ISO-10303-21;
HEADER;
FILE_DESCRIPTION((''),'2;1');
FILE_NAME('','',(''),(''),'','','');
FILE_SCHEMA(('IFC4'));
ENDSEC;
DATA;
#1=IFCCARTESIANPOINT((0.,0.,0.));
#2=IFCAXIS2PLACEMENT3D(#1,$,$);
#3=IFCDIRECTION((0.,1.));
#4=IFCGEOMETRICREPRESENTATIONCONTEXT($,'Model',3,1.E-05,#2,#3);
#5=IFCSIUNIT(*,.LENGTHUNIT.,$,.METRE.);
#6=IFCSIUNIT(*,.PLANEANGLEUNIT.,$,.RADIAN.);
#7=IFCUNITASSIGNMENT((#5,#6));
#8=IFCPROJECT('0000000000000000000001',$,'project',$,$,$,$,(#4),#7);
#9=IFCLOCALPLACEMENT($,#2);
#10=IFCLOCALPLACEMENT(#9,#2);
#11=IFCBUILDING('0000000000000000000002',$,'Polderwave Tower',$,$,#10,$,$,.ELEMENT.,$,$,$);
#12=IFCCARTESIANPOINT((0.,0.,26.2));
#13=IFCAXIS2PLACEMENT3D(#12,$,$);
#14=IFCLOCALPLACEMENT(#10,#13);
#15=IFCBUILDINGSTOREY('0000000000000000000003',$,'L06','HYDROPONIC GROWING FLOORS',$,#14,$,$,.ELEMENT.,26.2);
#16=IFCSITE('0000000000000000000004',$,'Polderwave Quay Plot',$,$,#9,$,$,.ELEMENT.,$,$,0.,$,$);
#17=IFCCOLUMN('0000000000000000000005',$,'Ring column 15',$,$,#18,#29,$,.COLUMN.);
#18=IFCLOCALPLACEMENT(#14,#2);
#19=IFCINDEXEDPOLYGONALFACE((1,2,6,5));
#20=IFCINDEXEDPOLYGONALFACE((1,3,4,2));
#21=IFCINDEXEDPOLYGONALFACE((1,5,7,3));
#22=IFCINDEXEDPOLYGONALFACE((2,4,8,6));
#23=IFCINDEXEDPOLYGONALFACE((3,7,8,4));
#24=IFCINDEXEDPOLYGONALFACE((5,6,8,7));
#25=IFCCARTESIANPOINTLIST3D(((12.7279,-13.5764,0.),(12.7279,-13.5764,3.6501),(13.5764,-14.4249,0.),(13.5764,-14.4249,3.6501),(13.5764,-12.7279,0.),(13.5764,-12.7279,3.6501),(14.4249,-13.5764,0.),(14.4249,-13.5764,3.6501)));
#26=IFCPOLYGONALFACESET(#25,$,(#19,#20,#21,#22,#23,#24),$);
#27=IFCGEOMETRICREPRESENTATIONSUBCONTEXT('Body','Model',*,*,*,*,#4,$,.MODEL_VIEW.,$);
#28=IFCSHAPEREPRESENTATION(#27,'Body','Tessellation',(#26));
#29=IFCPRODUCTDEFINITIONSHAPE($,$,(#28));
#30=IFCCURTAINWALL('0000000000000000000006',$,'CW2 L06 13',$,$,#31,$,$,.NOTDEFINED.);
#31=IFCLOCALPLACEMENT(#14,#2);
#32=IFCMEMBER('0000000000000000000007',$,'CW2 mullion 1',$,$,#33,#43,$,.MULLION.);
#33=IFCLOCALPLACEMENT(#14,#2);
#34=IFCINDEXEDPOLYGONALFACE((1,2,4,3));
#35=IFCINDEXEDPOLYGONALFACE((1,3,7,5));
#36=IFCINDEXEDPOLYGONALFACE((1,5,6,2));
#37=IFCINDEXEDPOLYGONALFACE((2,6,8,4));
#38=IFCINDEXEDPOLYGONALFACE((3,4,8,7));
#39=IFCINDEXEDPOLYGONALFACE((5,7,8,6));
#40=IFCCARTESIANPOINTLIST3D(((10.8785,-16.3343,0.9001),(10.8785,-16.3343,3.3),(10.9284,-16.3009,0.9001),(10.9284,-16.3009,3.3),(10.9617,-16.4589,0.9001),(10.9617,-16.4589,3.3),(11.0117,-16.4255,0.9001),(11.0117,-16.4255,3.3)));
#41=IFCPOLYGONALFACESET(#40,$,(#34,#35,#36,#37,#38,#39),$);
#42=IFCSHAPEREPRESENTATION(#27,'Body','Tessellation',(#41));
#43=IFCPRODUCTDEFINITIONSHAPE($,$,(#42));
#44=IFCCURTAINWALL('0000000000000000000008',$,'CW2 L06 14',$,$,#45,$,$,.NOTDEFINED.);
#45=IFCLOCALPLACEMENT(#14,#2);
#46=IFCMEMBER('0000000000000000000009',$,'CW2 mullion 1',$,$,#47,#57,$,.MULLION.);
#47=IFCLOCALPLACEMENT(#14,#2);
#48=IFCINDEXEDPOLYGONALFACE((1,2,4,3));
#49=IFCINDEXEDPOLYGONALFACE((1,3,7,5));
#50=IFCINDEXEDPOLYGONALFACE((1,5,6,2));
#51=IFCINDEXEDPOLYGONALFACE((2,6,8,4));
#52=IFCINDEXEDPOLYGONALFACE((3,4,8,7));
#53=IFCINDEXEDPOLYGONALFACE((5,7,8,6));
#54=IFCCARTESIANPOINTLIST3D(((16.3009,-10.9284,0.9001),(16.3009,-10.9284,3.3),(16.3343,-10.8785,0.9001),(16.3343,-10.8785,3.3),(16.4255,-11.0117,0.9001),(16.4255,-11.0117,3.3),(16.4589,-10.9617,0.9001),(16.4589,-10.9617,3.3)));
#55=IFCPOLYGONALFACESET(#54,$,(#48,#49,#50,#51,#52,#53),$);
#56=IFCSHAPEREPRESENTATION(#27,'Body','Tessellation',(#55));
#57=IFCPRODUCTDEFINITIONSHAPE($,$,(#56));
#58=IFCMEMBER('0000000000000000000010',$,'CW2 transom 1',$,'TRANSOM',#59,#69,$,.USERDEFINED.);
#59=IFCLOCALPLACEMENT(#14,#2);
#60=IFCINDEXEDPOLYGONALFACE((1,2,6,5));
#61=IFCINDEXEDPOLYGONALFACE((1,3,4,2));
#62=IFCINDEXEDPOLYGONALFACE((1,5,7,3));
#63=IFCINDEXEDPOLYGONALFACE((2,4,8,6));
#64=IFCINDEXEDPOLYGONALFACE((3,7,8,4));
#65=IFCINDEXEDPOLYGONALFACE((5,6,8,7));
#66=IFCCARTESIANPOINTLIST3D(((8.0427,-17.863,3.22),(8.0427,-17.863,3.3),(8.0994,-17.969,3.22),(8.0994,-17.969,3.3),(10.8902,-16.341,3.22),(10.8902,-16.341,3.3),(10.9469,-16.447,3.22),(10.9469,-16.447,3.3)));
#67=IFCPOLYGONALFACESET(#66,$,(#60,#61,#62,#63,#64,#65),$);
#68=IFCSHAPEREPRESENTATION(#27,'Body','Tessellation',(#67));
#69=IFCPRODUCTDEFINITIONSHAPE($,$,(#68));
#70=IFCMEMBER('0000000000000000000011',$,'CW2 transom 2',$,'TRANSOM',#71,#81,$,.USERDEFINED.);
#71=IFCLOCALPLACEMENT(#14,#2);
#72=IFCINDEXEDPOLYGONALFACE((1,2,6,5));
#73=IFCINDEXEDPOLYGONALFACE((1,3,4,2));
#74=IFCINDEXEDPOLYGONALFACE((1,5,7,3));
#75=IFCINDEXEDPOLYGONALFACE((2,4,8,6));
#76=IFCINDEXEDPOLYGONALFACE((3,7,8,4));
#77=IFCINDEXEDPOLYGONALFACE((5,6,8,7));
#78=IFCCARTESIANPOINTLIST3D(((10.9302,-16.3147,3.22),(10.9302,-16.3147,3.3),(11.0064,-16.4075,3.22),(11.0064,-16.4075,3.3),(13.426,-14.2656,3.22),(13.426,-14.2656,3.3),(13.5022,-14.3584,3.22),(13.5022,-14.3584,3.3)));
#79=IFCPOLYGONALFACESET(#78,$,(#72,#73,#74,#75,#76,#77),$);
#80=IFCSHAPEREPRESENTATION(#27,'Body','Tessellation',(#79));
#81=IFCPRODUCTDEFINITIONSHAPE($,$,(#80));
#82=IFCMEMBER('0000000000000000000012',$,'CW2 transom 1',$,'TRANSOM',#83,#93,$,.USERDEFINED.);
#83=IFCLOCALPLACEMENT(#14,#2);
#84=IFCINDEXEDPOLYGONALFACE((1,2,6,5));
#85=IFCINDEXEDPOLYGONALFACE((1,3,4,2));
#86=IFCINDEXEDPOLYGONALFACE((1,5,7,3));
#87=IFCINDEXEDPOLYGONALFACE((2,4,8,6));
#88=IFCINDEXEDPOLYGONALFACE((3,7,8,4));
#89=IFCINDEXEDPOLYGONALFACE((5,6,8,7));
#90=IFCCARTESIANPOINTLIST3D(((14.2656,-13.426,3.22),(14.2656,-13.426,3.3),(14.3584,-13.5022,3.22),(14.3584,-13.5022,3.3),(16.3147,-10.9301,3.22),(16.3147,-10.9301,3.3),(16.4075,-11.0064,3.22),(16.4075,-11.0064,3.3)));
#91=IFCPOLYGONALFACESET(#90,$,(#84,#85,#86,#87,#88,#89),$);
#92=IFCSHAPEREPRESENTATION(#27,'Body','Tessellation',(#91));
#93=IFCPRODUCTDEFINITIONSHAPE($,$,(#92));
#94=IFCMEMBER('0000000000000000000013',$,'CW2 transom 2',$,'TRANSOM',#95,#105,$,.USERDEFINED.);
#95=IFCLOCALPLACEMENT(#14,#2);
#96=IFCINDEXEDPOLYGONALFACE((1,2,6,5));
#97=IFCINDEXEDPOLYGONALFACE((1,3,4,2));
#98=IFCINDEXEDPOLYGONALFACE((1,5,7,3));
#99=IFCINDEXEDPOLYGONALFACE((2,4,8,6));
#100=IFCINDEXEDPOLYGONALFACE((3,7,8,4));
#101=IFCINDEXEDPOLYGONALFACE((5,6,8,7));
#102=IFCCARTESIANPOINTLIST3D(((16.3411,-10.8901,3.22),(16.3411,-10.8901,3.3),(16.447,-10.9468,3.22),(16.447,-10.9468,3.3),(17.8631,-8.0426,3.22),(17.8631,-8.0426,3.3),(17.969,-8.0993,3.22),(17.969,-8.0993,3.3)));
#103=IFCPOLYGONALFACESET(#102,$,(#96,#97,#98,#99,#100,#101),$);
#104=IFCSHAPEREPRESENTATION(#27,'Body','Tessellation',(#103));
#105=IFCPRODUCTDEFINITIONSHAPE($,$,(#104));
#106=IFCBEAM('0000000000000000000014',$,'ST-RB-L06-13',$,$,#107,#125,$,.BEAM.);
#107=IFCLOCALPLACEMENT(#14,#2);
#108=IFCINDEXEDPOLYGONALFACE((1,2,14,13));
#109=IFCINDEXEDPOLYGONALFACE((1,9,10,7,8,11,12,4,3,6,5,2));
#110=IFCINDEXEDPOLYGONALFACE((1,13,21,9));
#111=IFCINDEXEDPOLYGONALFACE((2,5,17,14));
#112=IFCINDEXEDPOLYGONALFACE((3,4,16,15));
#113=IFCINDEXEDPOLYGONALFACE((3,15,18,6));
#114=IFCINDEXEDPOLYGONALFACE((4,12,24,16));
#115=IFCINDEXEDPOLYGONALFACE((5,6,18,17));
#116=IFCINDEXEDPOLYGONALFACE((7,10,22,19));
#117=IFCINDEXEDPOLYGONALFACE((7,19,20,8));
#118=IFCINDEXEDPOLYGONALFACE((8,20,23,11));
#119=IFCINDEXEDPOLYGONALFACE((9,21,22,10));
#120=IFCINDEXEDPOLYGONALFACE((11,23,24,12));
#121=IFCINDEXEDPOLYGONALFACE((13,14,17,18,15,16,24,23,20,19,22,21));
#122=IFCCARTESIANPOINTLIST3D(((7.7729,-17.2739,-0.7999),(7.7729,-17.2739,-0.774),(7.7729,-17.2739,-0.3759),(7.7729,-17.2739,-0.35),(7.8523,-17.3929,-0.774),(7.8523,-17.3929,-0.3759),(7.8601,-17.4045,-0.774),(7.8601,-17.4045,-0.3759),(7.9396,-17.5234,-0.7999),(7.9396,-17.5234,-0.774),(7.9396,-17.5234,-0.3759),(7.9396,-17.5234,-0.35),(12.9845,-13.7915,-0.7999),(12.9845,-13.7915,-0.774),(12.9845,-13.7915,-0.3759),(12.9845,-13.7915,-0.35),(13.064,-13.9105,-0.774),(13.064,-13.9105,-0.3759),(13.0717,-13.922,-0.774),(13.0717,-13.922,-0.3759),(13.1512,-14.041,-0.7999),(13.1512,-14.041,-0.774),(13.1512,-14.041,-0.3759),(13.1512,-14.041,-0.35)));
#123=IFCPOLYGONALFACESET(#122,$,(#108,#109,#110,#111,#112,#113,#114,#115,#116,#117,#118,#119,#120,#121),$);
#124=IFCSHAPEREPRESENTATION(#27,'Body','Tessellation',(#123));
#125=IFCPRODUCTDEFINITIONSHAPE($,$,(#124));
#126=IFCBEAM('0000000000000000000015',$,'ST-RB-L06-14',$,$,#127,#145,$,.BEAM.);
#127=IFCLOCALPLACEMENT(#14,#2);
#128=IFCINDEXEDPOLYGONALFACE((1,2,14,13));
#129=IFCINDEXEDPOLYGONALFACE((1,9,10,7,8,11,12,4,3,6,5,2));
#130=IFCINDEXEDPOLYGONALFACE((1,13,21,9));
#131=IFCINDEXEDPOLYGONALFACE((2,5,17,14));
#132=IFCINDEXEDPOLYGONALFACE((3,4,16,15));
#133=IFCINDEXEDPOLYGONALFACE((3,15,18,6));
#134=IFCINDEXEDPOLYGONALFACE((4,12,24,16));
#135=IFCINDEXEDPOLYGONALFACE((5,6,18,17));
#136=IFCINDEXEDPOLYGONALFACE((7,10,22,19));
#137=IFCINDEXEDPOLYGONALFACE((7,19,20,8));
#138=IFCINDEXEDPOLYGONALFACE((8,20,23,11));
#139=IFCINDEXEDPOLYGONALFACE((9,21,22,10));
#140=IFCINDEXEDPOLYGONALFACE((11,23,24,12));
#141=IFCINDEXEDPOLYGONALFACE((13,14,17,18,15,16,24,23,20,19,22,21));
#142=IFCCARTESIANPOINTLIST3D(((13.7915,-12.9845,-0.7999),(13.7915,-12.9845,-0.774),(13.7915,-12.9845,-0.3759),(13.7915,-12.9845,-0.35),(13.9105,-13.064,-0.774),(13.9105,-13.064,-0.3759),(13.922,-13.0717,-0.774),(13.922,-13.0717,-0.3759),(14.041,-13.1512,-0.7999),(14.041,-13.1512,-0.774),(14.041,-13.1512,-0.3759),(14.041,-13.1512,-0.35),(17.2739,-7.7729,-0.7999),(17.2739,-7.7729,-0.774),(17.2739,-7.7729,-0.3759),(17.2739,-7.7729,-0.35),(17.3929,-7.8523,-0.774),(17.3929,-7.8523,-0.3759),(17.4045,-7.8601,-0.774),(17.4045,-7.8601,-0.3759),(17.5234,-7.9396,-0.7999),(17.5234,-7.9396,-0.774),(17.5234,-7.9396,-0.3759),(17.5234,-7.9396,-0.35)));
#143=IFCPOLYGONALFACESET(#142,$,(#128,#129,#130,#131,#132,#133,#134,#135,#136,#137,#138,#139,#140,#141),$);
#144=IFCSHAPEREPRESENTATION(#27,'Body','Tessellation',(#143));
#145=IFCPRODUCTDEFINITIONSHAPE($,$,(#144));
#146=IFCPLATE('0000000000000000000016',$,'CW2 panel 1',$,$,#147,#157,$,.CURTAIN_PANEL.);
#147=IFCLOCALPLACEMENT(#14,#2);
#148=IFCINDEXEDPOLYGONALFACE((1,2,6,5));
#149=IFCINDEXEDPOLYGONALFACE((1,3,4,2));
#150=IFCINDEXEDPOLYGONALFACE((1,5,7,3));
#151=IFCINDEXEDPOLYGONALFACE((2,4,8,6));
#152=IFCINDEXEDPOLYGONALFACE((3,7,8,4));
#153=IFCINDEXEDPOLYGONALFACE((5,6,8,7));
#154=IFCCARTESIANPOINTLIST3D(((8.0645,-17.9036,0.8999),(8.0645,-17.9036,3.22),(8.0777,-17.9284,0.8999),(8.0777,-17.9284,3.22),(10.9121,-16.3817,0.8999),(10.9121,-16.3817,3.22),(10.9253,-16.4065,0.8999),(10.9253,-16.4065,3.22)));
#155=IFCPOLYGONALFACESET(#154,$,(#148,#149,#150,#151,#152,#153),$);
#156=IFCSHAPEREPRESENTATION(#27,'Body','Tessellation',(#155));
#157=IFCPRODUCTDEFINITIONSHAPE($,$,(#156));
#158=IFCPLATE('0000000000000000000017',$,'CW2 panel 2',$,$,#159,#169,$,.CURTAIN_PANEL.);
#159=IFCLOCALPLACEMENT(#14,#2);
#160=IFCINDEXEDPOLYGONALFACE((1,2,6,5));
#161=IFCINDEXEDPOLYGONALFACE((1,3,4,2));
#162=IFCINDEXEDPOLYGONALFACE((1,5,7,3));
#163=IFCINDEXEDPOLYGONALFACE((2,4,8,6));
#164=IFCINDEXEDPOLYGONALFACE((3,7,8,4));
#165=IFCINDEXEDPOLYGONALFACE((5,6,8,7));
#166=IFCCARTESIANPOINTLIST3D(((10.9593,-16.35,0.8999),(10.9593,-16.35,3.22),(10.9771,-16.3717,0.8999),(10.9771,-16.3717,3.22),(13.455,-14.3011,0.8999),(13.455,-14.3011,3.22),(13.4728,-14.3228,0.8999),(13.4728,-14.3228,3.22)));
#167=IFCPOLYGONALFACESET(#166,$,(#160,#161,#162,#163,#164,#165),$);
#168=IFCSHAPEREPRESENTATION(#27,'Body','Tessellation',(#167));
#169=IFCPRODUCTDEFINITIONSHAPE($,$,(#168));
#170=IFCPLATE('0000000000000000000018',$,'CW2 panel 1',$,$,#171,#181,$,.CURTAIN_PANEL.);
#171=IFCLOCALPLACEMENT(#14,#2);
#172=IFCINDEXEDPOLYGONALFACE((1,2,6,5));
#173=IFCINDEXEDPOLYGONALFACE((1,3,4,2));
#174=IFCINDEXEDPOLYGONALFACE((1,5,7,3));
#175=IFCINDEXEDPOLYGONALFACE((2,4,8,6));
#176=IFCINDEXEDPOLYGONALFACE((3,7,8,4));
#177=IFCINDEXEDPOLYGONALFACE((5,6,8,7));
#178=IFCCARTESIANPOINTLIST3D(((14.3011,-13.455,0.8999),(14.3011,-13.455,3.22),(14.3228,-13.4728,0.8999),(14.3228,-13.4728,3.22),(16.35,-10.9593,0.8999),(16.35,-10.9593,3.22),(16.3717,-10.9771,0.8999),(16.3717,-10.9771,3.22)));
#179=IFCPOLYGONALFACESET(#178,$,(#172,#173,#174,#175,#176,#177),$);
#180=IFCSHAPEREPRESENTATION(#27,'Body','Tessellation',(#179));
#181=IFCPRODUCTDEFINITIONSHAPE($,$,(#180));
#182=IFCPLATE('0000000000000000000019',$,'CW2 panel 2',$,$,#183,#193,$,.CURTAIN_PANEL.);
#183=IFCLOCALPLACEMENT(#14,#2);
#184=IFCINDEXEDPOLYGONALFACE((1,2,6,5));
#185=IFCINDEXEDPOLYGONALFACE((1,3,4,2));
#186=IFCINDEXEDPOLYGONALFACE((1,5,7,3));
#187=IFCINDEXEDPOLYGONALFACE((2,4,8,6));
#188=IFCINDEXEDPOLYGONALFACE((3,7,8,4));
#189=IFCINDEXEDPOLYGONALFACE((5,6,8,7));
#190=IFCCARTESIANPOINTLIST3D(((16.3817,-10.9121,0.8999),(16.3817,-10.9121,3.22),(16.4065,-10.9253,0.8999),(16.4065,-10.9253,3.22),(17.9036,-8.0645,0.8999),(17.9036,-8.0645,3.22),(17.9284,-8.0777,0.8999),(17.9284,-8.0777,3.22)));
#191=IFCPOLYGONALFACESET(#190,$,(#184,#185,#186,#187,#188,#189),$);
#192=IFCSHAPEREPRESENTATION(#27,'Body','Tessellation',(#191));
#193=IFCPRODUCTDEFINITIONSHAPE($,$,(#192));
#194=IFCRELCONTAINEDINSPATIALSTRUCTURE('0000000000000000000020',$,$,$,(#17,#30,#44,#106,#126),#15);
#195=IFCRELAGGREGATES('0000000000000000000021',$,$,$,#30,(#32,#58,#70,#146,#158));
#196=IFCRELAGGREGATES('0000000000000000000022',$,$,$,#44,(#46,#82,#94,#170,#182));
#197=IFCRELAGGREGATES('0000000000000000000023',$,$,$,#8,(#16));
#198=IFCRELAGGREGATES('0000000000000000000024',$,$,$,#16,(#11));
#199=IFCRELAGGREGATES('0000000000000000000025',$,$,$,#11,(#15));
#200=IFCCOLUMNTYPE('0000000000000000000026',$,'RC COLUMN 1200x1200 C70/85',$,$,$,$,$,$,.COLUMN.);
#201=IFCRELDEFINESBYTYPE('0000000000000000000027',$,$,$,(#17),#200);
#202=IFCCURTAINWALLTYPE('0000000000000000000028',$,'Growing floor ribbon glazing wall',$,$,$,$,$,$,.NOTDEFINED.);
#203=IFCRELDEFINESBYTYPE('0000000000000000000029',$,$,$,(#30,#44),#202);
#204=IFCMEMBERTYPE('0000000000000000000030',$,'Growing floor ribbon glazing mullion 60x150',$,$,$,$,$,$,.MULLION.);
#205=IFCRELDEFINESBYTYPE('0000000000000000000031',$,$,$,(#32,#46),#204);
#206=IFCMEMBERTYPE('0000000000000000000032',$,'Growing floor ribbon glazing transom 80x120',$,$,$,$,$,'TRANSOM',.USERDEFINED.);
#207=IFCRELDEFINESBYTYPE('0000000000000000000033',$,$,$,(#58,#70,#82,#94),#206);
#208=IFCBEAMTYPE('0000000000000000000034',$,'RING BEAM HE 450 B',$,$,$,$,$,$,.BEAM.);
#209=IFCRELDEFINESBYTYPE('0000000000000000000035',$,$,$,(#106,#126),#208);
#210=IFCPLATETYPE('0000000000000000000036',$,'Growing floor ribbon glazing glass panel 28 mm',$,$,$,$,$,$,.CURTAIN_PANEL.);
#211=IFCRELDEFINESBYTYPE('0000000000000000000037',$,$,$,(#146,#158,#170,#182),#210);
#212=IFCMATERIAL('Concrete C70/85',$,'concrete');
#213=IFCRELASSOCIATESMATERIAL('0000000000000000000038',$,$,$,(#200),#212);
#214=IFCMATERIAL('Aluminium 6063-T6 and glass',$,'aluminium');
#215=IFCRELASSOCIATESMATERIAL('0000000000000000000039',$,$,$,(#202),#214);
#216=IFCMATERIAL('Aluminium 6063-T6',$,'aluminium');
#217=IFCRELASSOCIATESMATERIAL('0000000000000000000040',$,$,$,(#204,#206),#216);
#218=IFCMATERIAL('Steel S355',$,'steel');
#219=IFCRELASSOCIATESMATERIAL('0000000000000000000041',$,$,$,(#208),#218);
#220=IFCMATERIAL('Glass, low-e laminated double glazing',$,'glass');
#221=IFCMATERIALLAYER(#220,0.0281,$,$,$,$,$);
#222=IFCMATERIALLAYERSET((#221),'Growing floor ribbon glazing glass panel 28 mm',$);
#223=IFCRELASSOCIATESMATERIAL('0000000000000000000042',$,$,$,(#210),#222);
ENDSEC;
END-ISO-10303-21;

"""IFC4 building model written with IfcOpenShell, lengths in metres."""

from ifc_helpers import new_model, si_unit, direction, frame, origin, origin_2d, place, context, subcontext, project, spatial, rectangle, i_section, extrude, material, layer, layer_set, material_profile, profile_set, type_object, element, aggregate, save


model = new_model("IFC4")

# Units and contexts
model_context = context("Model", 3, precision=1e-05, world=origin(), true_north=direction((0.0, 1.0)))
body_context = subcontext(model_context, "Body", "Model", "MODEL_VIEW")
ifc_project = project(units=[si_unit("LENGTHUNIT", "METRE"), si_unit("PLANEANGLEUNIT", "RADIAN")], contexts=[model_context])

# Site, building, storey
site_placement = place(None, origin())
site = spatial("IfcSite", under=ifc_project, at=site_placement, Name="Polderwave Quay Plot", CompositionType="ELEMENT", RefElevation=0.0)
building_placement = place(site_placement, origin())
building = spatial("IfcBuilding", under=site, at=building_placement, Name="Polderwave Tower", CompositionType="ELEMENT")
storey_placement = place(building_placement, frame((0.0, 0.0, 26.2)))
storey = spatial("IfcBuildingStorey", under=building, at=storey_placement, Name="L06", Description="HYDROPONIC GROWING FLOORS", CompositionType="ELEMENT", Elevation=26.2)

# Column
ifc_material_1 = material(Name="Concrete C70/85", Category="concrete")
ifc_material_profile_1 = material_profile(ifc_material_1, rectangle(XDim=1.2, YDim=1.2, at=origin_2d()), Name="RC 1200x1200")
ifc_profile_set_1 = profile_set([ifc_material_profile_1], Name="Concrete C70/85")
column_type = type_object("IfcColumnType", Name="RC COLUMN 1200x1200 C70/85", PredefinedType="COLUMN", material=ifc_profile_set_1)
column_placement = place(storey_placement, frame((13.5764, -13.5764, 0.0), z_axis=(0.0, 0.0, 1.0), x_axis=(0.707107, -0.707107, 0.0)))
element("IfcColumn", 1, at=column_placement, inside=storey, type_object=column_type, Name="Ring column 15", PredefinedType="COLUMN", context=body_context, shape_type="SweptSolid", body=[
    extrude(rectangle(XDim=1.2, YDim=1.2, at=origin_2d()), origin(), (0.0, 0.0, 1.0), 3.6501),
])

# Curtain walls, members
ifc_material_2 = material(Name="Aluminium 6063-T6 and glass", Category="aluminium")
curtain_wall_type = type_object("IfcCurtainWallType", Name="Growing floor ribbon glazing wall", PredefinedType="NOTDEFINED", material=ifc_material_2)
curtain_wall_1_placement = place(storey_placement, origin())
curtain_wall_1 = element("IfcCurtainWall", 2, at=curtain_wall_1_placement, inside=storey, type_object=curtain_wall_type, Name="CW2 L06 13", PredefinedType="NOTDEFINED")
ifc_material_3 = material(Name="Aluminium 6063-T6", Category="aluminium")
ifc_material_profile_2 = material_profile(ifc_material_3, rectangle(XDim=0.1499, YDim=0.0601, at=origin_2d()), Name="AL 60x150")
ifc_profile_set_2 = profile_set([ifc_material_profile_2], Name="Aluminium 6063-T6")
member_type_1 = type_object("IfcMemberType", Name="Growing floor ribbon glazing mullion 60x150", PredefinedType="MULLION", material=ifc_profile_set_2)
member_1_placement = place(storey_placement, frame((10.9451, -16.3799, 0.9001), z_axis=(0.0, 0.0, 1.0), x_axis=(-0.55562, 0.831437, 0.0)))
member_1 = element("IfcMember", 3, at=member_1_placement, type_object=member_type_1, Name="CW2 mullion 1", PredefinedType="MULLION", context=body_context, shape_type="SweptSolid", body=[
    extrude(rectangle(XDim=0.1499, YDim=0.0601, at=origin_2d()), origin(), (0.0, 0.0, 1.0), 2.3999),
])
curtain_wall_2_placement = place(storey_placement, origin())
curtain_wall_2 = element("IfcCurtainWall", 4, at=curtain_wall_2_placement, inside=storey, type_object=curtain_wall_type, Name="CW2 L06 14", PredefinedType="NOTDEFINED")
member_2_placement = place(storey_placement, frame((16.3799, -10.9451, 0.9001), z_axis=(0.0, 0.0, 1.0), x_axis=(-0.831437, 0.55562, 0.0)))
member_2 = element("IfcMember", 5, at=member_2_placement, type_object=member_type_1, Name="CW2 mullion 1", PredefinedType="MULLION", context=body_context, shape_type="SweptSolid", body=[
    extrude(rectangle(XDim=0.1499, YDim=0.0601, at=origin_2d()), origin(), (0.0, 0.0, 1.0), 2.3999),
])

# Members
ifc_material_profile_3 = material_profile(ifc_material_3, rectangle(XDim=0.1201, YDim=0.0801, at=origin_2d()), Name="AL 80x120")
ifc_profile_set_3 = profile_set([ifc_material_profile_3], Name="Aluminium 6063-T6")
member_type_2 = type_object("IfcMemberType", Name="Growing floor ribbon glazing transom 80x120", ElementType="TRANSOM", PredefinedType="USERDEFINED", material=ifc_profile_set_3)
member_3_placement = place(storey_placement, frame((8.071, -17.916, 3.26), z_axis=(0.881921, 0.471397, 0.0), x_axis=(-0.471397, 0.881921, 0.0)))
member_3 = element("IfcMember", 6, at=member_3_placement, type_object=member_type_2, Name="CW2 transom 1", ObjectType="TRANSOM", PredefinedType="USERDEFINED", context=body_context, shape_type="SweptSolid", body=[
    extrude(rectangle(XDim=0.1201, YDim=0.0801, at=origin_2d()), origin(), (0.0, 0.0, 1.0), 3.2288),
])
member_4_placement = place(storey_placement, frame((10.9683, -16.3611, 3.26), z_axis=(0.772892, 0.634538, 0.0), x_axis=(-0.634538, 0.772892, 0.0)))
member_4 = element("IfcMember", 7, at=member_4_placement, type_object=member_type_2, Name="CW2 transom 2", ObjectType="TRANSOM", PredefinedType="USERDEFINED", context=body_context, shape_type="SweptSolid", body=[
    extrude(rectangle(XDim=0.1201, YDim=0.0801, at=origin_2d()), origin(), (0.0, 0.0, 1.0), 3.2292),
])
member_5_placement = place(storey_placement, frame((14.312, -13.4641, 3.26), z_axis=(0.634538, 0.772892, 0.0), x_axis=(-0.772892, 0.634538, 0.0)))
member_5 = element("IfcMember", 8, at=member_5_placement, type_object=member_type_2, Name="CW2 transom 1", ObjectType="TRANSOM", PredefinedType="USERDEFINED", context=body_context, shape_type="SweptSolid", body=[
    extrude(rectangle(XDim=0.1201, YDim=0.0801, at=origin_2d()), origin(), (0.0, 0.0, 1.0), 3.2292),
])
member_6_placement = place(storey_placement, frame((16.394, -10.9185, 3.26), z_axis=(0.471397, 0.881921, 0.0), x_axis=(-0.881921, 0.471397, 0.0)))
member_6 = element("IfcMember", 9, at=member_6_placement, type_object=member_type_2, Name="CW2 transom 2", ObjectType="TRANSOM", PredefinedType="USERDEFINED", context=body_context, shape_type="SweptSolid", body=[
    extrude(rectangle(XDim=0.1201, YDim=0.0801, at=origin_2d()), origin(), (0.0, 0.0, 1.0), 3.2288),
])

# Beams
ifc_material_4 = material(Name="Steel S355", Category="steel")
ifc_material_profile_4 = material_profile(ifc_material_4, i_section(OverallWidth=0.3, OverallDepth=0.45, WebThickness=0.0139, FlangeThickness=0.0259, at=origin_2d()), Name="HE 450 B")
ifc_profile_set_4 = profile_set([ifc_material_profile_4], Name="Steel S355")
beam_type = type_object("IfcBeamType", Name="RING BEAM HE 450 B", PredefinedType="BEAM", material=ifc_profile_set_4)
for number, where, z_axis, x_axis, name in (
    (10, (7.8562, -17.3987, -0.575), (0.831463, 0.555581, 0.0), (-0.555581, 0.831463, 0.0), "ST-RB-L06-13"),
    (11, (13.9163, -13.0679, -0.575), (0.555581, 0.831463, 0.0), (-0.831463, 0.555581, 0.0), "ST-RB-L06-14"),
):
    element("IfcBeam", number, at=place(storey_placement, frame(where, z_axis=z_axis, x_axis=x_axis)), inside=storey, type_object=beam_type, Name=name, PredefinedType="BEAM", context=body_context, shape_type="SweptSolid", body=[
        extrude(i_section(OverallWidth=0.3, OverallDepth=0.45, WebThickness=0.0139, FlangeThickness=0.0259, at=origin_2d()), origin(), (0.0, 0.0, 1.0), 6.2681),
    ])

# Plates
ifc_material_5 = material(Name="Glass, low-e laminated double glazing", Category="glass")
ifc_layer_1 = layer(ifc_material_5, 0.0281)
ifc_layer_set_1 = layer_set([ifc_layer_1], Name="Growing floor ribbon glazing glass panel 28 mm")
plate_type = type_object("IfcPlateType", Name="Growing floor ribbon glazing glass panel 28 mm", PredefinedType="CURTAIN_PANEL", material=ifc_layer_set_1)
plate_1_placement = place(storey_placement, frame((9.4949, -17.155, 0.8999), z_axis=(0.0, 0.0, 1.0), x_axis=(0.881945, 0.471352, 0.0)))
plate_1 = element("IfcPlate", 12, at=plate_1_placement, type_object=plate_type, Name="CW2 panel 1", PredefinedType="CURTAIN_PANEL", context=body_context, shape_type="SweptSolid", body=[
    extrude(rectangle(XDim=3.2288, YDim=0.0281, at=origin_2d()), origin(), (0.0, 0.0, 1.0), 2.3201),
])
plate_2_placement = place(storey_placement, frame((12.2161, -15.3364, 0.8999), z_axis=(0.0, 0.0, 1.0), x_axis=(0.772903, 0.634524, 0.0)))
plate_2 = element("IfcPlate", 13, at=plate_2_placement, type_object=plate_type, Name="CW2 panel 2", PredefinedType="CURTAIN_PANEL", context=body_context, shape_type="SweptSolid", body=[
    extrude(rectangle(XDim=3.229, YDim=0.0281, at=origin_2d()), origin(), (0.0, 0.0, 1.0), 2.3201),
])
aggregate(curtain_wall_1, [member_1, member_3, member_4, plate_1, plate_2])
plate_3_placement = place(storey_placement, frame((15.3364, -12.2161, 0.8999), z_axis=(0.0, 0.0, 1.0), x_axis=(0.634524, 0.772903, 0.0)))
plate_3 = element("IfcPlate", 14, at=plate_3_placement, type_object=plate_type, Name="CW2 panel 1", PredefinedType="CURTAIN_PANEL", context=body_context, shape_type="SweptSolid", body=[
    extrude(rectangle(XDim=3.229, YDim=0.0281, at=origin_2d()), origin(), (0.0, 0.0, 1.0), 2.3201),
])
plate_4_placement = place(storey_placement, frame((17.155, -9.4949, 0.8999), z_axis=(0.0, 0.0, 1.0), x_axis=(0.471352, 0.881945, 0.0)))
plate_4 = element("IfcPlate", 15, at=plate_4_placement, type_object=plate_type, Name="CW2 panel 2", PredefinedType="CURTAIN_PANEL", context=body_context, shape_type="SweptSolid", body=[
    extrude(rectangle(XDim=3.2288, YDim=0.0281, at=origin_2d()), origin(), (0.0, 0.0, 1.0), 2.3201),
])
aggregate(curtain_wall_2, [member_2, member_5, member_6, plate_3, plate_4])

save(model, "model.ifc")
